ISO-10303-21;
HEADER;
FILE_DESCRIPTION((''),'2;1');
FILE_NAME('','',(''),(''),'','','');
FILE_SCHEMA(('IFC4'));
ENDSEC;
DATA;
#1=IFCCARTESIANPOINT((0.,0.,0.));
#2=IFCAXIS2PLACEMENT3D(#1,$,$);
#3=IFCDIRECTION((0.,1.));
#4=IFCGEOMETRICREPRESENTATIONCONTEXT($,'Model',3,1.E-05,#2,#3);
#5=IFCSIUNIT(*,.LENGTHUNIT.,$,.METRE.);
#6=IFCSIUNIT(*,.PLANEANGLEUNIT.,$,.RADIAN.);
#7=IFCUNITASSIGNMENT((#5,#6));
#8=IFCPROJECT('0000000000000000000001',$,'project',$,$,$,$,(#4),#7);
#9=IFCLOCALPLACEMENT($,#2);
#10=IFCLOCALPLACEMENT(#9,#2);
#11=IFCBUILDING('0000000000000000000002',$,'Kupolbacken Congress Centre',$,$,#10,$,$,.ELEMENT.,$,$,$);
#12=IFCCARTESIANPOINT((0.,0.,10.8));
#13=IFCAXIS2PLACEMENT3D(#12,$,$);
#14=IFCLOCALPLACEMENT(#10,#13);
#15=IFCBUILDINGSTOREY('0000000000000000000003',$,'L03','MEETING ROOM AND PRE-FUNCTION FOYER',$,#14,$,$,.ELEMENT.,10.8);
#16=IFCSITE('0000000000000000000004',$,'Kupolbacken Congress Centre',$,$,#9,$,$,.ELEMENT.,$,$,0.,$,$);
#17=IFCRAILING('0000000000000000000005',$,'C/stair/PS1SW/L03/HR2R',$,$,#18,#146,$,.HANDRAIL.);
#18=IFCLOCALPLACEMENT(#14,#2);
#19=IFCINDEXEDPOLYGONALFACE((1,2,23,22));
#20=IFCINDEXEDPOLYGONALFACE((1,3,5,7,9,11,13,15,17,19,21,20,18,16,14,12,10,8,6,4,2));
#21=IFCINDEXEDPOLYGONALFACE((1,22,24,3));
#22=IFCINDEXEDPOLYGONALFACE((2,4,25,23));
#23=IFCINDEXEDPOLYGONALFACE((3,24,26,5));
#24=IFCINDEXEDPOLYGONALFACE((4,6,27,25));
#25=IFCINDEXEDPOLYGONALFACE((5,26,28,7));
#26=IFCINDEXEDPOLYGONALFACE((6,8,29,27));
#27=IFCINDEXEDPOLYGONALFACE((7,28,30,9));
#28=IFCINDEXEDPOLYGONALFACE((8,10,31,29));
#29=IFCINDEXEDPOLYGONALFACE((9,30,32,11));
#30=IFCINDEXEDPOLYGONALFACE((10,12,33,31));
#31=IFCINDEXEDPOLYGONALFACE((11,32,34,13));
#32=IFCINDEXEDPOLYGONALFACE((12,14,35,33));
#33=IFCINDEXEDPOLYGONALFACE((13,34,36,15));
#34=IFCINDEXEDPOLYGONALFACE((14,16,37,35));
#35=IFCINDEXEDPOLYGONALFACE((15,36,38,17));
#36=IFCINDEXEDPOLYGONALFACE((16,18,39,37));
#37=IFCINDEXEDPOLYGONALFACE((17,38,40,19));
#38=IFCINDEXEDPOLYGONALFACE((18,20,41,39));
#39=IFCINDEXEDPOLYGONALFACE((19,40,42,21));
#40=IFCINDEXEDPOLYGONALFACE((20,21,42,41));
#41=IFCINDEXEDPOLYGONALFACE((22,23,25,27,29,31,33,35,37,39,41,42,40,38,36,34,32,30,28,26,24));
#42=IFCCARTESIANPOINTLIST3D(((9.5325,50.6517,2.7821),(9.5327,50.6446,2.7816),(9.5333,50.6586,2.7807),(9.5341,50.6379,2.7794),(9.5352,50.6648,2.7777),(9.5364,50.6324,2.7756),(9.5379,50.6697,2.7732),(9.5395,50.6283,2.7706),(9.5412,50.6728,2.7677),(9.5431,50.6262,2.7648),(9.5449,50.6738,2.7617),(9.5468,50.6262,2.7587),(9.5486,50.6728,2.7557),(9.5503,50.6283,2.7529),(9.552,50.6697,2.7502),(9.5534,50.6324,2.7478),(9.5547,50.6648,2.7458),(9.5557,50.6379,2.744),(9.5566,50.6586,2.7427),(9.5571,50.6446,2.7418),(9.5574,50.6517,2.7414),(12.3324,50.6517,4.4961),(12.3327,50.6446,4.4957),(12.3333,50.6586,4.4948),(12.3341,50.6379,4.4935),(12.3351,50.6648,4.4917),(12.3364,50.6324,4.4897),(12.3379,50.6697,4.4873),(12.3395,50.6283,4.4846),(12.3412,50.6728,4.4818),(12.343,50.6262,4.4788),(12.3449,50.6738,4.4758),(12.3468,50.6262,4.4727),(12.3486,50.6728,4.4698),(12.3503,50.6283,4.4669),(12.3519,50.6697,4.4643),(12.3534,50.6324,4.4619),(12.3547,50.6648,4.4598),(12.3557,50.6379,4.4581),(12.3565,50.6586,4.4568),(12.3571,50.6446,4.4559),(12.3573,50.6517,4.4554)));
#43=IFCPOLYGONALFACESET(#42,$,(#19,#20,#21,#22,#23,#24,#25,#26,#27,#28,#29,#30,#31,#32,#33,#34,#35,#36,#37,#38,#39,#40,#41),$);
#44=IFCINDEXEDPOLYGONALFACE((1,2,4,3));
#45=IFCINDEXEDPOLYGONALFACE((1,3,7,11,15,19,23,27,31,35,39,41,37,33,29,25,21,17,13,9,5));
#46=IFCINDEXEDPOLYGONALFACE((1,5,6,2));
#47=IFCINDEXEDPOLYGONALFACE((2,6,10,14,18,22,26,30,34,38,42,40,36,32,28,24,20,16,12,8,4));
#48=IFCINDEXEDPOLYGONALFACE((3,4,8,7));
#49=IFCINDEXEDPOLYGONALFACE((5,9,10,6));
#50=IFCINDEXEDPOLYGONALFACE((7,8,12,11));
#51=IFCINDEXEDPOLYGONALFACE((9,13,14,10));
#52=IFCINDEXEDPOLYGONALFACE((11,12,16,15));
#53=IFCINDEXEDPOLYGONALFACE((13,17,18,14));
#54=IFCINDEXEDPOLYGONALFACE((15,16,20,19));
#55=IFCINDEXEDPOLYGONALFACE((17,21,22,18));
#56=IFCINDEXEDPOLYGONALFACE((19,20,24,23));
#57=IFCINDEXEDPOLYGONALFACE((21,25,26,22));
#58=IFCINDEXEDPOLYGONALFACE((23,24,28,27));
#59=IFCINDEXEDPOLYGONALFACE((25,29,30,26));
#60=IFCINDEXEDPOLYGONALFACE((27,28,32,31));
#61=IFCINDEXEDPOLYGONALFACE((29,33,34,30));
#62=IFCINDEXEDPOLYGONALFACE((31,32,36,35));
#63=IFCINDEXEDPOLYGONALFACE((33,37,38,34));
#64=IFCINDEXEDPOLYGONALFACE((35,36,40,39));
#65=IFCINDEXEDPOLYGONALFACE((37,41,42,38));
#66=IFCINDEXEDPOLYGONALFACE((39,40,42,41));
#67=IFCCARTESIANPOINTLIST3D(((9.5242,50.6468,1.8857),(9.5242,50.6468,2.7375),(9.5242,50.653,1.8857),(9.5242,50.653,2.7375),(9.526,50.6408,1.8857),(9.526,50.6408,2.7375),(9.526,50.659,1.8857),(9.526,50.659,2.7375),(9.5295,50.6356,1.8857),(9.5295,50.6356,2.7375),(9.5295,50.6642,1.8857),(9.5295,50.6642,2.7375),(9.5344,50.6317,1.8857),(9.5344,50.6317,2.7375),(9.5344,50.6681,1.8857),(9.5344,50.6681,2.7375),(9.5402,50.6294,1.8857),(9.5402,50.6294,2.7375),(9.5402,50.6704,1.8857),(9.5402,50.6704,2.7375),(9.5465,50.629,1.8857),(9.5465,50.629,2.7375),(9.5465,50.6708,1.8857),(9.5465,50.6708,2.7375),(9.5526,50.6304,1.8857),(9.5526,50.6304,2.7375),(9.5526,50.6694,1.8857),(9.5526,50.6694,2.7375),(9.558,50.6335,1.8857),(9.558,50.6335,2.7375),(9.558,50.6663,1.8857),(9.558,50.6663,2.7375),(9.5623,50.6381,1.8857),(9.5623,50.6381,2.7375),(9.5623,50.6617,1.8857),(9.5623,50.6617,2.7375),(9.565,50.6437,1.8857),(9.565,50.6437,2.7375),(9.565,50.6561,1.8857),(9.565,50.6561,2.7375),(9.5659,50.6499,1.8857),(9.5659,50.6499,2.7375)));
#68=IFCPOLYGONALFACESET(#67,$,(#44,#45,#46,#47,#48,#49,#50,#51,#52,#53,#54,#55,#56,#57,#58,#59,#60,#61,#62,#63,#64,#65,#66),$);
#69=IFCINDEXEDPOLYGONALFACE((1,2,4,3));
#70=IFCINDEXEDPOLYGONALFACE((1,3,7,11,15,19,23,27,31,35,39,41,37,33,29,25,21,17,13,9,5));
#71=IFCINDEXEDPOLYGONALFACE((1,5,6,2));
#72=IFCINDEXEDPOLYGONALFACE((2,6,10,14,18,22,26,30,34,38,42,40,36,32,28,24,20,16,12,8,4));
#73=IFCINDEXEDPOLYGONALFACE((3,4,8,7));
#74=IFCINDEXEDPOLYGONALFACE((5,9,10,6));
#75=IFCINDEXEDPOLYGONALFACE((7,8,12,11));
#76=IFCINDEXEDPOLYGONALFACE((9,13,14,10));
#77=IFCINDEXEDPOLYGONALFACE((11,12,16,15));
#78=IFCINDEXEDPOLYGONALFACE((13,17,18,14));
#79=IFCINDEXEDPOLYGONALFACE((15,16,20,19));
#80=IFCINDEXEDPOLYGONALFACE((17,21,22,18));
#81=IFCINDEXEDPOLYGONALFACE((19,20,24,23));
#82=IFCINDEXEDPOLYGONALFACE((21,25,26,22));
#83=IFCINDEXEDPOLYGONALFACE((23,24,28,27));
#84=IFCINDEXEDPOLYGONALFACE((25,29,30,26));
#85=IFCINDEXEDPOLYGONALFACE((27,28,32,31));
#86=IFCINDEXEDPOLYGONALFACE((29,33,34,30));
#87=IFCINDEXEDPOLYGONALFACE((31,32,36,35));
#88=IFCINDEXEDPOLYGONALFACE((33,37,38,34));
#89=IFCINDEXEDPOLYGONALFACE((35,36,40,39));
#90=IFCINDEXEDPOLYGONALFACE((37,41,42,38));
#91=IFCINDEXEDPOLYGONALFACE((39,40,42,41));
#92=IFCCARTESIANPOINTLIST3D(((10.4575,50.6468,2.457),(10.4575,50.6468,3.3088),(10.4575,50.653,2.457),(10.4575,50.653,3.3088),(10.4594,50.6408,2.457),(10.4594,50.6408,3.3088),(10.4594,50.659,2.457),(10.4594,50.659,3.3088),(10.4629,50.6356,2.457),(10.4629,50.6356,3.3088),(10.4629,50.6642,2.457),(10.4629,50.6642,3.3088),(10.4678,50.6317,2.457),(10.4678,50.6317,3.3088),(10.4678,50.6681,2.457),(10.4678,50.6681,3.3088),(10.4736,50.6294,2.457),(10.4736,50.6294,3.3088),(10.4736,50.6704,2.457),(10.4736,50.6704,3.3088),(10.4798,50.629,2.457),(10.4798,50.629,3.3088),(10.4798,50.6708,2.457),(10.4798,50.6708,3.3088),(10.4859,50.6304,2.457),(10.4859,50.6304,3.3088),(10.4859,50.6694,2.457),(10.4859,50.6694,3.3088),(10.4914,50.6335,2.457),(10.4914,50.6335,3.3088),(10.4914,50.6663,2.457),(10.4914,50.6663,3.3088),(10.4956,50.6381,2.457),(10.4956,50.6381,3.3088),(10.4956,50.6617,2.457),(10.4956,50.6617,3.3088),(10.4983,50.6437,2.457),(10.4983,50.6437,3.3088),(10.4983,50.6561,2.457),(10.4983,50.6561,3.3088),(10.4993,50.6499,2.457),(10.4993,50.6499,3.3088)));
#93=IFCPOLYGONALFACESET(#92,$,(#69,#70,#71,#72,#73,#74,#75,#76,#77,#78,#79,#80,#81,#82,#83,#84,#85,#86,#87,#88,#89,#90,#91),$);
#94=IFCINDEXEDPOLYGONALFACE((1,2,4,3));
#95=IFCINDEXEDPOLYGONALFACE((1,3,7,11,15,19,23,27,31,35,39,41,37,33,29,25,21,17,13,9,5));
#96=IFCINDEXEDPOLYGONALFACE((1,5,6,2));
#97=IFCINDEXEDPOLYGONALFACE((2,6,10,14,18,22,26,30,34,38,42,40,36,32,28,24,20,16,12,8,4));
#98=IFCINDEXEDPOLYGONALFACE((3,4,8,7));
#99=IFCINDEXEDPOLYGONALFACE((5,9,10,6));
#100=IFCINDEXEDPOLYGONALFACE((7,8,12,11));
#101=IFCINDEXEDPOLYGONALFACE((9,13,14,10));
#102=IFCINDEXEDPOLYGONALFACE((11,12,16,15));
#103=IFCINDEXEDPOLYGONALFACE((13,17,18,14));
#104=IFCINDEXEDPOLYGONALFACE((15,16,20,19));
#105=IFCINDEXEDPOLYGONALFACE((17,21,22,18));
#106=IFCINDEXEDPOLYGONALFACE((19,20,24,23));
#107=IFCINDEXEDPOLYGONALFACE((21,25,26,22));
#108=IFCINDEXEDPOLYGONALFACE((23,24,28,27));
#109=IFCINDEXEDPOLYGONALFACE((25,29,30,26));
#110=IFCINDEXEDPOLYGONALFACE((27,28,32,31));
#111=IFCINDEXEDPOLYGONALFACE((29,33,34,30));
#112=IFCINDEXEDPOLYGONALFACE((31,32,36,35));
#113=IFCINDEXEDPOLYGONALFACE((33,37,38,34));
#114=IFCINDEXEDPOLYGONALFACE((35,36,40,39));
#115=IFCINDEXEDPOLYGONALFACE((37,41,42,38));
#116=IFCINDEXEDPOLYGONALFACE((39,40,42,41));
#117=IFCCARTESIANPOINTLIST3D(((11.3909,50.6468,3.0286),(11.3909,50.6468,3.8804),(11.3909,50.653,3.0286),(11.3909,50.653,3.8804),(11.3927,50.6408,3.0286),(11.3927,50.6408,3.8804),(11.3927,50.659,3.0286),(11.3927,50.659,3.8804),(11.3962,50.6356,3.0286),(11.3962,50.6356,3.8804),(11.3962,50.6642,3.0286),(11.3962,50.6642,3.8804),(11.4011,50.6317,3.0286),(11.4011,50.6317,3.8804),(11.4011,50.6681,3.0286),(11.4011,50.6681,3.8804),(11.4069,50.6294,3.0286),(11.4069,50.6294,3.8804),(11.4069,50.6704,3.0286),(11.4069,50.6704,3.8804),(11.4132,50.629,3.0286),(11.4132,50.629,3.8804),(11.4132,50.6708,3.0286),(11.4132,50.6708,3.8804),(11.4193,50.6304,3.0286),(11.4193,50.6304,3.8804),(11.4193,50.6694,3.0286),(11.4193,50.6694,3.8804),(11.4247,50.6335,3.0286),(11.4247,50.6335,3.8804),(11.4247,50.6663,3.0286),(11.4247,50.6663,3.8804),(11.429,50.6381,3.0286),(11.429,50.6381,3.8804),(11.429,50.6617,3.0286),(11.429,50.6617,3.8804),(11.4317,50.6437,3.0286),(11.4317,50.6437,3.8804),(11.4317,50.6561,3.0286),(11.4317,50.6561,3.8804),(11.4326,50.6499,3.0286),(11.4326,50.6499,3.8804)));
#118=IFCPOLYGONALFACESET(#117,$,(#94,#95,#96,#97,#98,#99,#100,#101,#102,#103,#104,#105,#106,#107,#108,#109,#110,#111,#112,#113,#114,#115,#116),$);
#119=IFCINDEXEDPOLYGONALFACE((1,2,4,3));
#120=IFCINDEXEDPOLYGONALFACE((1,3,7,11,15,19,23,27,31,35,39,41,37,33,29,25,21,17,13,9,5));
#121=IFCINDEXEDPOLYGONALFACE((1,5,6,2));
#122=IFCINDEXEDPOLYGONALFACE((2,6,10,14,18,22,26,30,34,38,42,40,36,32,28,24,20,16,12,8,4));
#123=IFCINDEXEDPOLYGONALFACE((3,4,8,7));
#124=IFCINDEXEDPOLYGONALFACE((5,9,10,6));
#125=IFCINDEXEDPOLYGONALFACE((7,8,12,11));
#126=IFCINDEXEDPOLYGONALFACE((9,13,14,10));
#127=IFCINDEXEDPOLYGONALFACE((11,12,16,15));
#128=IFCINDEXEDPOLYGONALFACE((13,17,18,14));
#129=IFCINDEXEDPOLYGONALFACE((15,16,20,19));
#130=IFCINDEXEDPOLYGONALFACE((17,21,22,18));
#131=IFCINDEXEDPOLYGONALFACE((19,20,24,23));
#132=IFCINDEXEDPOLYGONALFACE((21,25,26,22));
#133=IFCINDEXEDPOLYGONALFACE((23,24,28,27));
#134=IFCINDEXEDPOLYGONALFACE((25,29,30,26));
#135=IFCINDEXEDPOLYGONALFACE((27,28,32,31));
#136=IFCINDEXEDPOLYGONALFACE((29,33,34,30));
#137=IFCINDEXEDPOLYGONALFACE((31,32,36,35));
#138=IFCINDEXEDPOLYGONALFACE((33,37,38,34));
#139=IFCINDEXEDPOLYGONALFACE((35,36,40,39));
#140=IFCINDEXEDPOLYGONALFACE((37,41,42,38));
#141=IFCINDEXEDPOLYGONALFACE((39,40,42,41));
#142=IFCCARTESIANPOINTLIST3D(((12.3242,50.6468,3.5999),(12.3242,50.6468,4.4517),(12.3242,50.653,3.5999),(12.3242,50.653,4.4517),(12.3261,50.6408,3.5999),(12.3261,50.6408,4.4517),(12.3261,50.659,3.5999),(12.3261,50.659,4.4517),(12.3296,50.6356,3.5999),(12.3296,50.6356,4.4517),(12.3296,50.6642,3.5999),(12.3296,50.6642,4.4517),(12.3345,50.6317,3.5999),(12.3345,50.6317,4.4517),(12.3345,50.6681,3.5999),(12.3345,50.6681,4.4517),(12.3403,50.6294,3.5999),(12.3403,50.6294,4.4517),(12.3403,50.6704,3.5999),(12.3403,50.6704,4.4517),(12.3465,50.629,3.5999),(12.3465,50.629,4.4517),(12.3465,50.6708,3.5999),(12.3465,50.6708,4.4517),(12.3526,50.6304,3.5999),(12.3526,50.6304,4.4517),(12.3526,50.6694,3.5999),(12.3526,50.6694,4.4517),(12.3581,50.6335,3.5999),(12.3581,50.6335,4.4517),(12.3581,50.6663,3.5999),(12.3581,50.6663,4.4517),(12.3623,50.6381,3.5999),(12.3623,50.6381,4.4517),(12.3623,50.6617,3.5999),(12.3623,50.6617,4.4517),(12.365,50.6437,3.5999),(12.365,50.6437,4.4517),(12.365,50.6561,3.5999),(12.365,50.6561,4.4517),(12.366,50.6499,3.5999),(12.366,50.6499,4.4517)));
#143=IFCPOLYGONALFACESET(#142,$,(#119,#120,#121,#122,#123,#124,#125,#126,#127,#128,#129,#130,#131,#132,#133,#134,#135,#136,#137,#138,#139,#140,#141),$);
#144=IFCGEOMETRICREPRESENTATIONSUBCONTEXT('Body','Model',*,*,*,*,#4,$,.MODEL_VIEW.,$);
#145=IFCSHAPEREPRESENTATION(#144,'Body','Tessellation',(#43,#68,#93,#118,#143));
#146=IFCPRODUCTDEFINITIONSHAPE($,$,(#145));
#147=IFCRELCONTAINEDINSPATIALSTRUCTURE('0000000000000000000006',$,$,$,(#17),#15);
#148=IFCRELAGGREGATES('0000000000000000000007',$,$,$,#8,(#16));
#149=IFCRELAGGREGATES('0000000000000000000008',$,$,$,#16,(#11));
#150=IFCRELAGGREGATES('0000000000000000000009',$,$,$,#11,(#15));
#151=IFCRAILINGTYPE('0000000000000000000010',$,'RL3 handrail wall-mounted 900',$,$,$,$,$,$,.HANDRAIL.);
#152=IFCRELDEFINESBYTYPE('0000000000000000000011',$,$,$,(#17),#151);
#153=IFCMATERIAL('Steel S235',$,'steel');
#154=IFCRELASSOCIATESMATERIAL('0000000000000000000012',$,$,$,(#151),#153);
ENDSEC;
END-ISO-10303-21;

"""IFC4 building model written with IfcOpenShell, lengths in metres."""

from ifc_helpers import new_model, si_unit, direction, frame, origin, origin_2d, place, context, subcontext, project, spatial, circle, extrude, material, type_object, element, save


model = new_model("IFC4")

# Units and contexts
model_context = context("Model", 3, precision=1e-05, world=origin(), true_north=direction((0.0, 1.0)))
body_context = subcontext(model_context, "Body", "Model", "MODEL_VIEW")
ifc_project = project(units=[si_unit("LENGTHUNIT", "METRE"), si_unit("PLANEANGLEUNIT", "RADIAN")], contexts=[model_context])

# Site, building, storey
site_placement = place(None, origin())
site = spatial("IfcSite", under=ifc_project, at=site_placement, Name="Kupolbacken Congress Centre", CompositionType="ELEMENT", RefElevation=0.0)
building_placement = place(site_placement, origin())
building = spatial("IfcBuilding", under=site, at=building_placement, Name="Kupolbacken Congress Centre", CompositionType="ELEMENT")
storey_placement = place(building_placement, frame((0.0, 0.0, 10.8)))
storey = spatial("IfcBuildingStorey", under=building, at=storey_placement, Name="L03", Description="MEETING ROOM AND PRE-FUNCTION FOYER", CompositionType="ELEMENT", Elevation=10.8)

# Railing
ifc_material_1 = material(Name="Steel S235", Category="steel")
railing_type = type_object("IfcRailingType", Name="RL3 handrail wall-mounted 900", PredefinedType="HANDRAIL", material=ifc_material_1)
for number, where, name in (
    (1, (9.5449, 50.6499, 1.8857), "C/stair/PS1SW/L03/HR2R"),
):
    element("IfcRailing", number, at=place(storey_placement, frame(where)), inside=storey, type_object=railing_type, Name=name, PredefinedType="HANDRAIL", context=body_context, shape_type="SweptSolid", body=[
        extrude(circle(Radius=0.0239, at=origin_2d()), frame((0.0, 0.0, 0.876), z_axis=(0.852879, 0.0, 0.522109), x_axis=(0.0, 1.0, 0.0)), (0.0, 0.0, 1.0), 3.283),
        extrude(circle(Radius=0.021, at=origin_2d()), origin(), (0.0, 0.0, 1.0), 0.8518),
        extrude(circle(Radius=0.021, at=origin_2d()), frame((0.9333, 0.0, 0.5713)), (0.0, 0.0, 1.0), 0.8518),
        extrude(circle(Radius=0.021, at=origin_2d()), frame((1.8667, 0.0, 1.1428)), (0.0, 0.0, 1.0), 0.8518),
        extrude(circle(Radius=0.021, at=origin_2d()), frame((2.8, 0.0, 1.7141)), (0.0, 0.0, 1.0), 0.8518),
    ])

save(model, "model.ifc")
